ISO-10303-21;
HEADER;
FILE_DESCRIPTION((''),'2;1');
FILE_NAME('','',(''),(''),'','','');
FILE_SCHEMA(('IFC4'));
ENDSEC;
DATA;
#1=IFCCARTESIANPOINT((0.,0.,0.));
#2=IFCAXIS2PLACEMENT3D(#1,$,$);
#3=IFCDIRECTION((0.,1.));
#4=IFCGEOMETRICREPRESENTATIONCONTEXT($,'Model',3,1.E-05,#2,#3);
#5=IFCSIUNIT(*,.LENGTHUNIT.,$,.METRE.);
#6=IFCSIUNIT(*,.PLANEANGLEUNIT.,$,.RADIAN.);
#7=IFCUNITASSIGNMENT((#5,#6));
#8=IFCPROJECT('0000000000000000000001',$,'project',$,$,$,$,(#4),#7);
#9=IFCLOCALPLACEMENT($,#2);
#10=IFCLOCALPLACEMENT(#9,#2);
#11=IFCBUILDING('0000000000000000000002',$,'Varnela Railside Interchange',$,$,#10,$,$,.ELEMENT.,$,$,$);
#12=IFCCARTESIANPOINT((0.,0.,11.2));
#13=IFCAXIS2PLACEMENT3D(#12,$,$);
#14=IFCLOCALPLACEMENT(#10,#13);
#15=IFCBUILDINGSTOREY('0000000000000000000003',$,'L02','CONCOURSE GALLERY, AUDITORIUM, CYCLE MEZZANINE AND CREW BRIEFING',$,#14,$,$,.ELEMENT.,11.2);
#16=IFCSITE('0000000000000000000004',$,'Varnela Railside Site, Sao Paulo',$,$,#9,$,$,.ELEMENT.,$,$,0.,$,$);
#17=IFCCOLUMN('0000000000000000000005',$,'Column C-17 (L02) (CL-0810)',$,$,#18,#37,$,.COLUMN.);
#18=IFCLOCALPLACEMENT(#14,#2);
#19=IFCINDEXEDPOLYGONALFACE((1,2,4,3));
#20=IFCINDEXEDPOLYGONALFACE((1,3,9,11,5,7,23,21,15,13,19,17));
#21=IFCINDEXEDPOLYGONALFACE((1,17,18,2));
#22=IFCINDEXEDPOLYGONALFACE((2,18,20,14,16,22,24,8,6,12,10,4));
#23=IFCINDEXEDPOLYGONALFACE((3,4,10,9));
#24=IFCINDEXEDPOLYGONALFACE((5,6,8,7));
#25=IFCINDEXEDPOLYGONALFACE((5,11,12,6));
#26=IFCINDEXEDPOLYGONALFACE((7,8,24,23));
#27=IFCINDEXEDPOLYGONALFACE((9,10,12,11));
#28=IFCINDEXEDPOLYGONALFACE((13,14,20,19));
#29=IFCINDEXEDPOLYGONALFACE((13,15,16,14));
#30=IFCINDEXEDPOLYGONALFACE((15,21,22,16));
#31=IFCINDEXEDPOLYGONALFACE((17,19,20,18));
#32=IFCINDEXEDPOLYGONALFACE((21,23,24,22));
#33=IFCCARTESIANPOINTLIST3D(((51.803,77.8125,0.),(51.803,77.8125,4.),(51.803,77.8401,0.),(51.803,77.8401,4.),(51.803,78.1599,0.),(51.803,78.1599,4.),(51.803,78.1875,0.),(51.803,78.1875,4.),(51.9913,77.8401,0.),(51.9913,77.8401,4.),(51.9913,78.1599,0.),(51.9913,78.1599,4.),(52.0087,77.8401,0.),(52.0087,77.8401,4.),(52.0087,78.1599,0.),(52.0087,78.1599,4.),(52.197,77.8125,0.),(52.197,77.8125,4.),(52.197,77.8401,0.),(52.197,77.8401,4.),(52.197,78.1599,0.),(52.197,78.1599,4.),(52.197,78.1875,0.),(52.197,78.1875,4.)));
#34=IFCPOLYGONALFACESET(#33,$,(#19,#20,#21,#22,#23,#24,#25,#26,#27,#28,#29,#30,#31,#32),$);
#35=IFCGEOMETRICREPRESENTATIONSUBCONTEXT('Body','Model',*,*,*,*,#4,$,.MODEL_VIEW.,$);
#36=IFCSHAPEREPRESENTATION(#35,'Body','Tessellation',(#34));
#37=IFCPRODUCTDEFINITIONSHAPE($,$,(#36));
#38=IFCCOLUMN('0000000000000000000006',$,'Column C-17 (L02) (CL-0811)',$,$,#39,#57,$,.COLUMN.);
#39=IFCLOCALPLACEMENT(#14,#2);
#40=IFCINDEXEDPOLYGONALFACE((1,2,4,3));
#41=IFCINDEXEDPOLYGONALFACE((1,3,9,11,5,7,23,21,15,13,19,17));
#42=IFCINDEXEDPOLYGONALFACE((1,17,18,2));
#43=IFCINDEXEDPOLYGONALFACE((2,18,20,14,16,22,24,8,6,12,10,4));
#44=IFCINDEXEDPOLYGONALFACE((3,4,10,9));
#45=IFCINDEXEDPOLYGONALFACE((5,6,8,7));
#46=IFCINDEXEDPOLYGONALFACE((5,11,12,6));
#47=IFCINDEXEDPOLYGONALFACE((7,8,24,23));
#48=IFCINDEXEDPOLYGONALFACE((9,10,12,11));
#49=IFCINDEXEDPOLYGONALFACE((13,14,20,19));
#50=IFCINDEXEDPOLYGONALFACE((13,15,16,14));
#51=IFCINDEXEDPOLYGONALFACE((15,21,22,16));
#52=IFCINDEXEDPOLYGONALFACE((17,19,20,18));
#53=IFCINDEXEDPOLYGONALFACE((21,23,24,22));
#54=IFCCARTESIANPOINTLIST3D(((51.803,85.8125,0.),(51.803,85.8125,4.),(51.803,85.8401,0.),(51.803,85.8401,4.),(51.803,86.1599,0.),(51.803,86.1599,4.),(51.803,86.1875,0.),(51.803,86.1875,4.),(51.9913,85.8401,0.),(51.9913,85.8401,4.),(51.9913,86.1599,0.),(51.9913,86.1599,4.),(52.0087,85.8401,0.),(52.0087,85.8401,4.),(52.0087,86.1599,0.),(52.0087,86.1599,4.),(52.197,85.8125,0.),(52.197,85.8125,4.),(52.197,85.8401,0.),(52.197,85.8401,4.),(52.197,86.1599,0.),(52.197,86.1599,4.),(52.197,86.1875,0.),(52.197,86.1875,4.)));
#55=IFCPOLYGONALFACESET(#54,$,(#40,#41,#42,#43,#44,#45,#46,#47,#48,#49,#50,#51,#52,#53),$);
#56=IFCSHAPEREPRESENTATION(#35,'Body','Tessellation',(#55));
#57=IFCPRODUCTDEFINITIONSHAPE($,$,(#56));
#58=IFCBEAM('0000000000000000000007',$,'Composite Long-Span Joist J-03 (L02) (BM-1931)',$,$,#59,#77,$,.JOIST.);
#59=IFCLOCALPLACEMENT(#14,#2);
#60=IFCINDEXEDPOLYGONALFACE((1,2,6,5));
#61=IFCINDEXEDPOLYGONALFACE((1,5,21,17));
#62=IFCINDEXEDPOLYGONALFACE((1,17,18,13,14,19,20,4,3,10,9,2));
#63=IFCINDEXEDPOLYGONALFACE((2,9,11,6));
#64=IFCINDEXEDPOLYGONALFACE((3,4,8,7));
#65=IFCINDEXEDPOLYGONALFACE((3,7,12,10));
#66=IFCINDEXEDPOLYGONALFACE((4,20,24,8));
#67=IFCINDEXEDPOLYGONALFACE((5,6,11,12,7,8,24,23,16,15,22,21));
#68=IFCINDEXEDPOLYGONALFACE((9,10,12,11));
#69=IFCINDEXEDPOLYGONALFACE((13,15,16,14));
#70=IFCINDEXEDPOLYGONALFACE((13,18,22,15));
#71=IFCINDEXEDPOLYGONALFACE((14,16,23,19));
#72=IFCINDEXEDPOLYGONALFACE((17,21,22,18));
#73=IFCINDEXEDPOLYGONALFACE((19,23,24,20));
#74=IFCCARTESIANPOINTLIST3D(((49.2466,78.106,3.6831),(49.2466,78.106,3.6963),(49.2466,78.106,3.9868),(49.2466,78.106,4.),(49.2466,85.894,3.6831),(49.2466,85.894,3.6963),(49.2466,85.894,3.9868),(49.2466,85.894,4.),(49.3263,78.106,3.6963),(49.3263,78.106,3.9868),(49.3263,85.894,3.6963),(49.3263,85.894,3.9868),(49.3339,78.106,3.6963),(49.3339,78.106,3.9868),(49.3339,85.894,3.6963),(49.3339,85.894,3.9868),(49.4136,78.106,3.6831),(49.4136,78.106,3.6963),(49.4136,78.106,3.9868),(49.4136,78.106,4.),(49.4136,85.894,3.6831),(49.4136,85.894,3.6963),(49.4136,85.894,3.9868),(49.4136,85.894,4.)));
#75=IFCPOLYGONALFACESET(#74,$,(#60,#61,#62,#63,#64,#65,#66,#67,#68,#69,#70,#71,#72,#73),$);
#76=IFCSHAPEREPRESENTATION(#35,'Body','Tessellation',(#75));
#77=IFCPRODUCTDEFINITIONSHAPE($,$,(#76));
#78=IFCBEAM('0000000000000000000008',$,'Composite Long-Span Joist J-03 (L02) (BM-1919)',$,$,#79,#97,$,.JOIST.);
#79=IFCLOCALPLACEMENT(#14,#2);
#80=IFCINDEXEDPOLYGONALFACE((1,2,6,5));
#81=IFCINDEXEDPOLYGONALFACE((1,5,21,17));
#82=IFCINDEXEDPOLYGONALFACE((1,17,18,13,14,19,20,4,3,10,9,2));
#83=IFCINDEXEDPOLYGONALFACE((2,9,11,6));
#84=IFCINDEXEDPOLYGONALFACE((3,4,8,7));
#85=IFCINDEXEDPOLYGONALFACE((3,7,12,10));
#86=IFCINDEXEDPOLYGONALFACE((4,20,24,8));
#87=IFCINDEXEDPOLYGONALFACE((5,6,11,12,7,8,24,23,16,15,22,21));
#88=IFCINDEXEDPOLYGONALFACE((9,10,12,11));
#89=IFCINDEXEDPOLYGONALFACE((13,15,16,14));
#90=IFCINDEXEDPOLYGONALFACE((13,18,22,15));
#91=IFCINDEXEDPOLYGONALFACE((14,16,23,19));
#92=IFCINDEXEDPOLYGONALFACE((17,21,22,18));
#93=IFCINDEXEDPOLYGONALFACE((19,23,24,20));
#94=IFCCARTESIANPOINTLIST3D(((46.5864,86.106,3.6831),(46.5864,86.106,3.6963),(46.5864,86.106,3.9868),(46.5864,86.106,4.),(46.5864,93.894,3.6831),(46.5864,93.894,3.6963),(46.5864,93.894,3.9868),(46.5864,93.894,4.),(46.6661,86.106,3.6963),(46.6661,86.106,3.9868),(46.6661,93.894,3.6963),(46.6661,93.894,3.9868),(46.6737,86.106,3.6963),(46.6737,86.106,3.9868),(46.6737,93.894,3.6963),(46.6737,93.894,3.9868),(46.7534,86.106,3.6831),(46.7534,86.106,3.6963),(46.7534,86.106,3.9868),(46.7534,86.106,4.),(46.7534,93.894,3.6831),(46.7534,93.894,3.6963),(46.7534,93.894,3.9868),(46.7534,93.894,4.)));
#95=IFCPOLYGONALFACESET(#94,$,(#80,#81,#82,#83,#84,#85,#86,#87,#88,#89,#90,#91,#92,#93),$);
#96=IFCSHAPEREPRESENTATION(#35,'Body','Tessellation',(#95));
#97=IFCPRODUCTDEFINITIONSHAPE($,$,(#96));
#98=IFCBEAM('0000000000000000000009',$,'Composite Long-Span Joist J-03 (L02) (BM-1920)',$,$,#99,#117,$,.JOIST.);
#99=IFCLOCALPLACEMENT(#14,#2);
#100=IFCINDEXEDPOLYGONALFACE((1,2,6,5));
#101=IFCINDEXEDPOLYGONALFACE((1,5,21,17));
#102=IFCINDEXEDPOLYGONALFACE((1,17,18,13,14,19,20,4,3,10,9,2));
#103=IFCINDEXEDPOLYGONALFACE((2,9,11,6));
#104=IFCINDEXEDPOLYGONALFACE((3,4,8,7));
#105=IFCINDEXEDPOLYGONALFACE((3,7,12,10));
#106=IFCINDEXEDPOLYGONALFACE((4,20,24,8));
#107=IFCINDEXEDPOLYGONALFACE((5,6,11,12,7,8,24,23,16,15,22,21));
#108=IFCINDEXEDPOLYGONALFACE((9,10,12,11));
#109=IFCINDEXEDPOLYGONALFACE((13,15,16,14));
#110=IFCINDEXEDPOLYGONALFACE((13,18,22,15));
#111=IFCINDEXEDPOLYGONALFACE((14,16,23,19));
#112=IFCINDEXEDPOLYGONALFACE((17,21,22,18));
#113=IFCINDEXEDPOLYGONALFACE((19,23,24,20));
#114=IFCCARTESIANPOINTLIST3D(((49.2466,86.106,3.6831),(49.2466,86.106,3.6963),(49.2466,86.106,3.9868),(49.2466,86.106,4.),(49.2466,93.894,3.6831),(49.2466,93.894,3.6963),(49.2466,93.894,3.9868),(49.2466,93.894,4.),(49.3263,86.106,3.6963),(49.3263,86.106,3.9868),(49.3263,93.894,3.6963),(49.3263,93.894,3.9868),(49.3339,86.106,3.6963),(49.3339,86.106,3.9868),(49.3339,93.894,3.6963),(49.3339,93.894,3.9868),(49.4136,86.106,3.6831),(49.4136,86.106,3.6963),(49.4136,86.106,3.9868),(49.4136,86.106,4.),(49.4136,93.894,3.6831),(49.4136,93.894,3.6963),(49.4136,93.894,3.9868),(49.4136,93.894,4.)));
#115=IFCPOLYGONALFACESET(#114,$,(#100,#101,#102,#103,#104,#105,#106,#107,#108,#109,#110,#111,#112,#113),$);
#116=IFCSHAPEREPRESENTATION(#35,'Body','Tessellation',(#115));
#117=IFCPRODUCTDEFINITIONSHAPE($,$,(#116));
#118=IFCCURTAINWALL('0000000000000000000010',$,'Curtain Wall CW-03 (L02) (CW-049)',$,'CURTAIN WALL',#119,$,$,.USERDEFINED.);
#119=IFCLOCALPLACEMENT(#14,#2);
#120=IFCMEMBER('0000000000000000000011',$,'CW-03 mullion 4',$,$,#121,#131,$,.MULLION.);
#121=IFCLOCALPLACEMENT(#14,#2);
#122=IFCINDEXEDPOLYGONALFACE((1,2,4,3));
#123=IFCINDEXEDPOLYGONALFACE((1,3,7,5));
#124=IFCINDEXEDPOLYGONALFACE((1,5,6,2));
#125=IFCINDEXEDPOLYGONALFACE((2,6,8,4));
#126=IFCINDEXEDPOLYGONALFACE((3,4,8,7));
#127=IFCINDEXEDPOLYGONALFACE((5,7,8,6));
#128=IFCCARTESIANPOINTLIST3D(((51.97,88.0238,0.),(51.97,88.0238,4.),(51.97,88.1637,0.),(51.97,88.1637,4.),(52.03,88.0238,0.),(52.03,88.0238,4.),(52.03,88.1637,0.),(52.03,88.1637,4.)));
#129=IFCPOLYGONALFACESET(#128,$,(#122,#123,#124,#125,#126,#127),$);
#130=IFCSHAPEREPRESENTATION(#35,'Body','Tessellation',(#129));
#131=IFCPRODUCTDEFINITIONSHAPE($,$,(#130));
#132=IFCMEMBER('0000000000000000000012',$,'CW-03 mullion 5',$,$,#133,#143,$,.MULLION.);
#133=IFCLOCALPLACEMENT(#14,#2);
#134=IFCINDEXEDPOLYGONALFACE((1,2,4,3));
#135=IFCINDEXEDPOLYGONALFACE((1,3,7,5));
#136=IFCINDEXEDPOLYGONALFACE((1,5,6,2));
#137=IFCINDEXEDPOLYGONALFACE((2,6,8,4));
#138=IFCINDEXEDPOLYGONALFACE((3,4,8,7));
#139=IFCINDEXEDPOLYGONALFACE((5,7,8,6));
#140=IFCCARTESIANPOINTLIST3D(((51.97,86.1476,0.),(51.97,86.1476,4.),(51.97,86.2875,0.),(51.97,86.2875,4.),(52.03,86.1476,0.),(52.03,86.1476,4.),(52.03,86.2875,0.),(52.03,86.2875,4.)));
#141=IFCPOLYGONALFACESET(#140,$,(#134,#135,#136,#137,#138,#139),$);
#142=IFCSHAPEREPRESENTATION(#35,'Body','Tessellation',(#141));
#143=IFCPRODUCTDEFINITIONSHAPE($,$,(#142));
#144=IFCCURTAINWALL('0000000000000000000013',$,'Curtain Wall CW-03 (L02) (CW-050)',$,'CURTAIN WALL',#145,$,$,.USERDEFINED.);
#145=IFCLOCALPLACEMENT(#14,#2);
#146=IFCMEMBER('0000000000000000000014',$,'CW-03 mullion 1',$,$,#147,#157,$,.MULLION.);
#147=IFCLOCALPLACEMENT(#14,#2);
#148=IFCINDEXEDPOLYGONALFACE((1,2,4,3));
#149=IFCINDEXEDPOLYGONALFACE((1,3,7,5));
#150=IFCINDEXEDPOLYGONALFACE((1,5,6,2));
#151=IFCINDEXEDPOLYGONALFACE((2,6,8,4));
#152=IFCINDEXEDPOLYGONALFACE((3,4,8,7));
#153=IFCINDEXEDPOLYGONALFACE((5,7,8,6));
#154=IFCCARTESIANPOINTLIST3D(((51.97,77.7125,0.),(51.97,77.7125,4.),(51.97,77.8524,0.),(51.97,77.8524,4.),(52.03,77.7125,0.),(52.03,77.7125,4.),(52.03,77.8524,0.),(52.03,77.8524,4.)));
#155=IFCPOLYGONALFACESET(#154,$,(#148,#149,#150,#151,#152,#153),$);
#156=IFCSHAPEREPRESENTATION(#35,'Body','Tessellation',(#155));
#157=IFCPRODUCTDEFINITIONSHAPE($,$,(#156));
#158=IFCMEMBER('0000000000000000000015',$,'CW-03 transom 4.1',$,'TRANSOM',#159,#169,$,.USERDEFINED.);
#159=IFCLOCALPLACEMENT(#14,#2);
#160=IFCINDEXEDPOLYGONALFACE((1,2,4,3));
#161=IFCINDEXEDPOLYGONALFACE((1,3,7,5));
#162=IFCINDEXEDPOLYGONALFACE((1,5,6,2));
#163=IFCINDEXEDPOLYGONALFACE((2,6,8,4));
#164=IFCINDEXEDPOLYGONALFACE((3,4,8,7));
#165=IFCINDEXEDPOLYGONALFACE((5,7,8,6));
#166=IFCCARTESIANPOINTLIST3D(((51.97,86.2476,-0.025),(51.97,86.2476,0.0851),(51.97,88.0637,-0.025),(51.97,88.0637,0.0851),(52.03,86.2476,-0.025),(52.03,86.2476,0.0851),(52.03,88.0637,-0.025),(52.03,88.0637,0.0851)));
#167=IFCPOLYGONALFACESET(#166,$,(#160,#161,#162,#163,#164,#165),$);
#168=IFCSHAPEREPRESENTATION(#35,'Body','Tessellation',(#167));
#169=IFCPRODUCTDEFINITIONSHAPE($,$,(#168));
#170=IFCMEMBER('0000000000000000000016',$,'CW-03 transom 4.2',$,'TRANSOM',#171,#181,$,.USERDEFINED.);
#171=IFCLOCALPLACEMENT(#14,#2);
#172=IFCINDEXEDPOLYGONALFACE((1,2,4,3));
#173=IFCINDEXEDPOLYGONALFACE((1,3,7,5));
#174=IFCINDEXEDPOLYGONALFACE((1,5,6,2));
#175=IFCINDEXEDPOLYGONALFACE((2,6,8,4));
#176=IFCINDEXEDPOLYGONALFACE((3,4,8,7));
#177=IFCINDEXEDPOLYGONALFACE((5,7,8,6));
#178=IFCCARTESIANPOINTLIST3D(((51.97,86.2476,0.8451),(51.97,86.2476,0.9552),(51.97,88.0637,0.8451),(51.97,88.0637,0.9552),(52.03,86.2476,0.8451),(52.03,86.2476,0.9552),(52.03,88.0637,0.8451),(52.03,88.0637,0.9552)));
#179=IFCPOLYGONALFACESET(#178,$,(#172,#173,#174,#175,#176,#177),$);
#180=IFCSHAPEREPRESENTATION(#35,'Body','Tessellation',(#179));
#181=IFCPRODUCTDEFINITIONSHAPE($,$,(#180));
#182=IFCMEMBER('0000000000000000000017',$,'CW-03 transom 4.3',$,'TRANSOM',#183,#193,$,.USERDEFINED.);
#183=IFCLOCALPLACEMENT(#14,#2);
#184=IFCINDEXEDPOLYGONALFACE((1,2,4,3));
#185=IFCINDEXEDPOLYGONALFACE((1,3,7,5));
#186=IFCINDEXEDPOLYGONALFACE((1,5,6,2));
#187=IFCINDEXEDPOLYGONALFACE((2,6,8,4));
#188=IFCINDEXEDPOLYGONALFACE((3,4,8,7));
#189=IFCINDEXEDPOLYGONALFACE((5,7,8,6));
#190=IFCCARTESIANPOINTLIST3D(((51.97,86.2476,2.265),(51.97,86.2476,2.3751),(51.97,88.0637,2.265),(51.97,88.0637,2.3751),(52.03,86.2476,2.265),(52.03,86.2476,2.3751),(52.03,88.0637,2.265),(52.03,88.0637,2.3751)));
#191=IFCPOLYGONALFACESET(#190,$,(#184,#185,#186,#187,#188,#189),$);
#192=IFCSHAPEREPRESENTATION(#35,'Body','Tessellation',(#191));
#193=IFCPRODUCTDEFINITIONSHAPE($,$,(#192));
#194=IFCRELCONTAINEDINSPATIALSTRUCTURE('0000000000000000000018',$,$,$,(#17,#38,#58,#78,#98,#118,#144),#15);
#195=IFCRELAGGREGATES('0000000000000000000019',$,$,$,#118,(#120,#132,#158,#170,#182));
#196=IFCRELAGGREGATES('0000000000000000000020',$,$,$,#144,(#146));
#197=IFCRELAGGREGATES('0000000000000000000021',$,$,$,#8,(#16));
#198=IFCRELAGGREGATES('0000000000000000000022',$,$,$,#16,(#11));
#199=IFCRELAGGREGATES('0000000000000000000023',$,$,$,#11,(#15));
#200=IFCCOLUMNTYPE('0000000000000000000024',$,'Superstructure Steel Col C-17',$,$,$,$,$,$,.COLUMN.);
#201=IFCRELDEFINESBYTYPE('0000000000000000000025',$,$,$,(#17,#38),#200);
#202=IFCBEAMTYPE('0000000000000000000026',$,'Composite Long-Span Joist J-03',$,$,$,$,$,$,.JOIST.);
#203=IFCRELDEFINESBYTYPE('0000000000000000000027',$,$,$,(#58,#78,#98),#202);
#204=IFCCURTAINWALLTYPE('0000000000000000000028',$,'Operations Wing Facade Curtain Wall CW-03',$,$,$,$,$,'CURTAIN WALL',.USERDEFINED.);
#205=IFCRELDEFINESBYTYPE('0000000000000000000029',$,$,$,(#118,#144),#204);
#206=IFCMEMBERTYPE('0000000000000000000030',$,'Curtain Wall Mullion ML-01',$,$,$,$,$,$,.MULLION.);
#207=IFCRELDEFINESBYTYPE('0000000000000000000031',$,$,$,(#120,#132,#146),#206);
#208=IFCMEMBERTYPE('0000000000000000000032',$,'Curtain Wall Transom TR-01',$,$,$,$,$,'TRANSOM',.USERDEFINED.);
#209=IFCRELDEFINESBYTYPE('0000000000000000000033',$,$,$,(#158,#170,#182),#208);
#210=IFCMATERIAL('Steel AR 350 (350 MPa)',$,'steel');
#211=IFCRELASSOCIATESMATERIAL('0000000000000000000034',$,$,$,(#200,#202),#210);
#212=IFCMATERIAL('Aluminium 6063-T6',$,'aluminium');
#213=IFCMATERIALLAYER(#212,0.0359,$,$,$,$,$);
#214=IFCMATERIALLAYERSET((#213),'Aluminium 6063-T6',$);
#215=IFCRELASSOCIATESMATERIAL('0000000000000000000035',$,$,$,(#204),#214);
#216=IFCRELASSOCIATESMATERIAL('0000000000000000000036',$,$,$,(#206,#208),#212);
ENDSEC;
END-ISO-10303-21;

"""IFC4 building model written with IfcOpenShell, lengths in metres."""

from ifc_helpers import new_model, si_unit, direction, frame, origin, origin_2d, place, context, subcontext, project, spatial, rectangle, i_section, extrude, material, layer, layer_set, material_profile, profile_set, type_object, element, aggregate, save


model = new_model("IFC4")

# Units and contexts
model_context = context("Model", 3, precision=1e-05, world=origin(), true_north=direction((0.0, 1.0)))
body_context = subcontext(model_context, "Body", "Model", "MODEL_VIEW")
ifc_project = project(units=[si_unit("LENGTHUNIT", "METRE"), si_unit("PLANEANGLEUNIT", "RADIAN")], contexts=[model_context])

# Site, building, storey
site_placement = place(None, origin())
site = spatial("IfcSite", under=ifc_project, at=site_placement, Name="Varnela Railside Site, Sao Paulo", CompositionType="ELEMENT", RefElevation=0.0)
building_placement = place(site_placement, origin())
building = spatial("IfcBuilding", under=site, at=building_placement, Name="Varnela Railside Interchange", CompositionType="ELEMENT")
storey_placement = place(building_placement, frame((0.0, 0.0, 11.2)))
storey = spatial("IfcBuildingStorey", under=building, at=storey_placement, Name="L02", Description="CONCOURSE GALLERY, AUDITORIUM, CYCLE MEZZANINE AND CREW BRIEFING", CompositionType="ELEMENT", Elevation=11.2)

# Columns
ifc_material_1 = material(Name="Steel AR 350 (350 MPa)", Category="steel")
ifc_material_profile_1 = material_profile(ifc_material_1, i_section(OverallWidth=0.394, OverallDepth=0.375, WebThickness=0.0173, FlangeThickness=0.0276, at=origin_2d()), Name="W360x216")
ifc_profile_set_1 = profile_set([ifc_material_profile_1], Name="Steel AR 350 (350 MPa)")
column_type = type_object("IfcColumnType", Name="Superstructure Steel Col C-17", PredefinedType="COLUMN", material=ifc_profile_set_1)
for number, where, z_axis, x_axis, name in (
    (1, (52.0, 78.0, 0.0), (0.0, 0.0, 1.0), (1.0, 0.0, 0.0), "Column C-17 (L02) (CL-0810)"),
    (2, (52.0, 86.0, 0.0), (0.0, 0.0, 1.0), (1.0, 0.0, 0.0), "Column C-17 (L02) (CL-0811)"),
):
    element("IfcColumn", number, at=place(storey_placement, frame(where, z_axis=z_axis, x_axis=x_axis)), inside=storey, type_object=column_type, Name=name, PredefinedType="COLUMN", context=body_context, shape_type="SweptSolid", body=[
        extrude(i_section(OverallWidth=0.394, OverallDepth=0.375, WebThickness=0.0173, FlangeThickness=0.0276, at=origin_2d()), origin(), (0.0, 0.0, 1.0), 4.0),
    ])

# Beams
ifc_material_profile_2 = material_profile(ifc_material_1, i_section(OverallWidth=0.167, OverallDepth=0.3169, WebThickness=0.0076, FlangeThickness=0.0132, at=origin_2d()), Name="W310x52")
ifc_profile_set_2 = profile_set([ifc_material_profile_2], Name="Steel AR 350 (350 MPa)")
beam_type_1 = type_object("IfcBeamType", Name="Composite Long-Span Joist J-03", PredefinedType="JOIST", material=ifc_profile_set_2)
for number, where, z_axis, x_axis, name in (
    (3, (49.3301, 78.106, 3.8416), (0.0, 1.0, 0.0), (-1.0, 0.0, 0.0), "Composite Long-Span Joist J-03 (L02) (BM-1931)"),
    (4, (46.6699, 86.106, 3.8416), (0.0, 1.0, 0.0), (-1.0, 0.0, 0.0), "Composite Long-Span Joist J-03 (L02) (BM-1919)"),
    (5, (49.3301, 86.106, 3.8416), (0.0, 1.0, 0.0), (-1.0, 0.0, 0.0), "Composite Long-Span Joist J-03 (L02) (BM-1920)"),
):
    element("IfcBeam", number, at=place(storey_placement, frame(where, z_axis=z_axis, x_axis=x_axis)), inside=storey, type_object=beam_type_1, Name=name, PredefinedType="JOIST", context=body_context, shape_type="SweptSolid", body=[
        extrude(i_section(OverallWidth=0.167, OverallDepth=0.3169, WebThickness=0.0076, FlangeThickness=0.0132, at=origin_2d()), origin(), (0.0, 0.0, 1.0), 7.7881),
    ])

# Curtain wall, members
ifc_material_2 = material(Name="Aluminium 6063-T6", Category="aluminium")
ifc_layer_1 = layer(ifc_material_2, 0.0359)
ifc_layer_set_1 = layer_set([ifc_layer_1], Name="Aluminium 6063-T6")
curtain_wall_type = type_object("IfcCurtainWallType", Name="Operations Wing Facade Curtain Wall CW-03", ElementType="CURTAIN WALL", PredefinedType="USERDEFINED", material=ifc_layer_set_1)
curtain_wall_1_placement = place(storey_placement, origin())
curtain_wall_1 = element("IfcCurtainWall", 6, at=curtain_wall_1_placement, inside=storey, type_object=curtain_wall_type, Name="Curtain Wall CW-03 (L02) (CW-049)", ObjectType="CURTAIN WALL", PredefinedType="USERDEFINED")
ifc_material_profile_3 = material_profile(ifc_material_2, rectangle(XDim=0.0601, YDim=0.1399, at=origin_2d()), Name="ALU 60x140")
ifc_profile_set_3 = profile_set([ifc_material_profile_3], Name="Aluminium 6063-T6")
member_type_1 = type_object("IfcMemberType", Name="Curtain Wall Mullion ML-01", PredefinedType="MULLION", material=ifc_profile_set_3)
member_1_placement = place(storey_placement, frame((52.0, 88.0938, 0.0), z_axis=(0.0, 0.0, 1.0), x_axis=(1.0, 0.0, 0.0)))
member_1 = element("IfcMember", 7, at=member_1_placement, type_object=member_type_1, Name="CW-03 mullion 4", PredefinedType="MULLION", context=body_context, shape_type="SweptSolid", body=[
    extrude(rectangle(XDim=0.0601, YDim=0.1399, at=origin_2d()), origin(), (0.0, 0.0, 1.0), 4.0),
])
member_2_placement = place(storey_placement, frame((52.0, 86.2175, 0.0), z_axis=(0.0, 0.0, 1.0), x_axis=(1.0, 0.0, 0.0)))
member_2 = element("IfcMember", 8, at=member_2_placement, type_object=member_type_1, Name="CW-03 mullion 5", PredefinedType="MULLION", context=body_context, shape_type="SweptSolid", body=[
    extrude(rectangle(XDim=0.0601, YDim=0.1399, at=origin_2d()), origin(), (0.0, 0.0, 1.0), 4.0),
])

# Curtain wall, member
curtain_wall_2_placement = place(storey_placement, origin())
curtain_wall_2 = element("IfcCurtainWall", 9, at=curtain_wall_2_placement, inside=storey, type_object=curtain_wall_type, Name="Curtain Wall CW-03 (L02) (CW-050)", ObjectType="CURTAIN WALL", PredefinedType="USERDEFINED")
member_3_placement = place(storey_placement, frame((52.0, 77.7825, 0.0), z_axis=(0.0, 0.0, 1.0), x_axis=(1.0, 0.0, 0.0)))
member_3 = element("IfcMember", 10, at=member_3_placement, type_object=member_type_1, Name="CW-03 mullion 1", PredefinedType="MULLION", context=body_context, shape_type="SweptSolid", body=[
    extrude(rectangle(XDim=0.0601, YDim=0.1399, at=origin_2d()), origin(), (0.0, 0.0, 1.0), 4.0),
])

# Members
ifc_material_profile_4 = material_profile(ifc_material_2, rectangle(XDim=0.0601, YDim=0.1101, at=origin_2d()), Name="ALU 60x110")
ifc_profile_set_4 = profile_set([ifc_material_profile_4], Name="Aluminium 6063-T6")
member_type_2 = type_object("IfcMemberType", Name="Curtain Wall Transom TR-01", ElementType="TRANSOM", PredefinedType="USERDEFINED", material=ifc_profile_set_4)
member_4_placement = place(storey_placement, frame((52.0, 88.0637, 0.03), z_axis=(0.0, -1.0, 0.0), x_axis=(1.0, 0.0, 0.0)))
member_4 = element("IfcMember", 11, at=member_4_placement, type_object=member_type_2, Name="CW-03 transom 4.1", ObjectType="TRANSOM", PredefinedType="USERDEFINED", context=body_context, shape_type="SweptSolid", body=[
    extrude(rectangle(XDim=0.0601, YDim=0.1101, at=origin_2d()), origin(), (0.0, 0.0, 1.0), 1.8162),
])
member_5_placement = place(storey_placement, frame((52.0, 88.0637, 0.9001), z_axis=(0.0, -1.0, 0.0), x_axis=(1.0, 0.0, 0.0)))
member_5 = element("IfcMember", 12, at=member_5_placement, type_object=member_type_2, Name="CW-03 transom 4.2", ObjectType="TRANSOM", PredefinedType="USERDEFINED", context=body_context, shape_type="SweptSolid", body=[
    extrude(rectangle(XDim=0.0601, YDim=0.1101, at=origin_2d()), origin(), (0.0, 0.0, 1.0), 1.8162),
])
member_6_placement = place(storey_placement, frame((52.0, 88.0637, 2.3201), z_axis=(0.0, -1.0, 0.0), x_axis=(1.0, 0.0, 0.0)))
member_6 = element("IfcMember", 13, at=member_6_placement, type_object=member_type_2, Name="CW-03 transom 4.3", ObjectType="TRANSOM", PredefinedType="USERDEFINED", context=body_context, shape_type="SweptSolid", body=[
    extrude(rectangle(XDim=0.0601, YDim=0.1101, at=origin_2d()), origin(), (0.0, 0.0, 1.0), 1.8162),
])

aggregate(curtain_wall_1, [member_1, member_2, member_4, member_5, member_6])
aggregate(curtain_wall_2, [member_3])

save(model, "model.ifc")
